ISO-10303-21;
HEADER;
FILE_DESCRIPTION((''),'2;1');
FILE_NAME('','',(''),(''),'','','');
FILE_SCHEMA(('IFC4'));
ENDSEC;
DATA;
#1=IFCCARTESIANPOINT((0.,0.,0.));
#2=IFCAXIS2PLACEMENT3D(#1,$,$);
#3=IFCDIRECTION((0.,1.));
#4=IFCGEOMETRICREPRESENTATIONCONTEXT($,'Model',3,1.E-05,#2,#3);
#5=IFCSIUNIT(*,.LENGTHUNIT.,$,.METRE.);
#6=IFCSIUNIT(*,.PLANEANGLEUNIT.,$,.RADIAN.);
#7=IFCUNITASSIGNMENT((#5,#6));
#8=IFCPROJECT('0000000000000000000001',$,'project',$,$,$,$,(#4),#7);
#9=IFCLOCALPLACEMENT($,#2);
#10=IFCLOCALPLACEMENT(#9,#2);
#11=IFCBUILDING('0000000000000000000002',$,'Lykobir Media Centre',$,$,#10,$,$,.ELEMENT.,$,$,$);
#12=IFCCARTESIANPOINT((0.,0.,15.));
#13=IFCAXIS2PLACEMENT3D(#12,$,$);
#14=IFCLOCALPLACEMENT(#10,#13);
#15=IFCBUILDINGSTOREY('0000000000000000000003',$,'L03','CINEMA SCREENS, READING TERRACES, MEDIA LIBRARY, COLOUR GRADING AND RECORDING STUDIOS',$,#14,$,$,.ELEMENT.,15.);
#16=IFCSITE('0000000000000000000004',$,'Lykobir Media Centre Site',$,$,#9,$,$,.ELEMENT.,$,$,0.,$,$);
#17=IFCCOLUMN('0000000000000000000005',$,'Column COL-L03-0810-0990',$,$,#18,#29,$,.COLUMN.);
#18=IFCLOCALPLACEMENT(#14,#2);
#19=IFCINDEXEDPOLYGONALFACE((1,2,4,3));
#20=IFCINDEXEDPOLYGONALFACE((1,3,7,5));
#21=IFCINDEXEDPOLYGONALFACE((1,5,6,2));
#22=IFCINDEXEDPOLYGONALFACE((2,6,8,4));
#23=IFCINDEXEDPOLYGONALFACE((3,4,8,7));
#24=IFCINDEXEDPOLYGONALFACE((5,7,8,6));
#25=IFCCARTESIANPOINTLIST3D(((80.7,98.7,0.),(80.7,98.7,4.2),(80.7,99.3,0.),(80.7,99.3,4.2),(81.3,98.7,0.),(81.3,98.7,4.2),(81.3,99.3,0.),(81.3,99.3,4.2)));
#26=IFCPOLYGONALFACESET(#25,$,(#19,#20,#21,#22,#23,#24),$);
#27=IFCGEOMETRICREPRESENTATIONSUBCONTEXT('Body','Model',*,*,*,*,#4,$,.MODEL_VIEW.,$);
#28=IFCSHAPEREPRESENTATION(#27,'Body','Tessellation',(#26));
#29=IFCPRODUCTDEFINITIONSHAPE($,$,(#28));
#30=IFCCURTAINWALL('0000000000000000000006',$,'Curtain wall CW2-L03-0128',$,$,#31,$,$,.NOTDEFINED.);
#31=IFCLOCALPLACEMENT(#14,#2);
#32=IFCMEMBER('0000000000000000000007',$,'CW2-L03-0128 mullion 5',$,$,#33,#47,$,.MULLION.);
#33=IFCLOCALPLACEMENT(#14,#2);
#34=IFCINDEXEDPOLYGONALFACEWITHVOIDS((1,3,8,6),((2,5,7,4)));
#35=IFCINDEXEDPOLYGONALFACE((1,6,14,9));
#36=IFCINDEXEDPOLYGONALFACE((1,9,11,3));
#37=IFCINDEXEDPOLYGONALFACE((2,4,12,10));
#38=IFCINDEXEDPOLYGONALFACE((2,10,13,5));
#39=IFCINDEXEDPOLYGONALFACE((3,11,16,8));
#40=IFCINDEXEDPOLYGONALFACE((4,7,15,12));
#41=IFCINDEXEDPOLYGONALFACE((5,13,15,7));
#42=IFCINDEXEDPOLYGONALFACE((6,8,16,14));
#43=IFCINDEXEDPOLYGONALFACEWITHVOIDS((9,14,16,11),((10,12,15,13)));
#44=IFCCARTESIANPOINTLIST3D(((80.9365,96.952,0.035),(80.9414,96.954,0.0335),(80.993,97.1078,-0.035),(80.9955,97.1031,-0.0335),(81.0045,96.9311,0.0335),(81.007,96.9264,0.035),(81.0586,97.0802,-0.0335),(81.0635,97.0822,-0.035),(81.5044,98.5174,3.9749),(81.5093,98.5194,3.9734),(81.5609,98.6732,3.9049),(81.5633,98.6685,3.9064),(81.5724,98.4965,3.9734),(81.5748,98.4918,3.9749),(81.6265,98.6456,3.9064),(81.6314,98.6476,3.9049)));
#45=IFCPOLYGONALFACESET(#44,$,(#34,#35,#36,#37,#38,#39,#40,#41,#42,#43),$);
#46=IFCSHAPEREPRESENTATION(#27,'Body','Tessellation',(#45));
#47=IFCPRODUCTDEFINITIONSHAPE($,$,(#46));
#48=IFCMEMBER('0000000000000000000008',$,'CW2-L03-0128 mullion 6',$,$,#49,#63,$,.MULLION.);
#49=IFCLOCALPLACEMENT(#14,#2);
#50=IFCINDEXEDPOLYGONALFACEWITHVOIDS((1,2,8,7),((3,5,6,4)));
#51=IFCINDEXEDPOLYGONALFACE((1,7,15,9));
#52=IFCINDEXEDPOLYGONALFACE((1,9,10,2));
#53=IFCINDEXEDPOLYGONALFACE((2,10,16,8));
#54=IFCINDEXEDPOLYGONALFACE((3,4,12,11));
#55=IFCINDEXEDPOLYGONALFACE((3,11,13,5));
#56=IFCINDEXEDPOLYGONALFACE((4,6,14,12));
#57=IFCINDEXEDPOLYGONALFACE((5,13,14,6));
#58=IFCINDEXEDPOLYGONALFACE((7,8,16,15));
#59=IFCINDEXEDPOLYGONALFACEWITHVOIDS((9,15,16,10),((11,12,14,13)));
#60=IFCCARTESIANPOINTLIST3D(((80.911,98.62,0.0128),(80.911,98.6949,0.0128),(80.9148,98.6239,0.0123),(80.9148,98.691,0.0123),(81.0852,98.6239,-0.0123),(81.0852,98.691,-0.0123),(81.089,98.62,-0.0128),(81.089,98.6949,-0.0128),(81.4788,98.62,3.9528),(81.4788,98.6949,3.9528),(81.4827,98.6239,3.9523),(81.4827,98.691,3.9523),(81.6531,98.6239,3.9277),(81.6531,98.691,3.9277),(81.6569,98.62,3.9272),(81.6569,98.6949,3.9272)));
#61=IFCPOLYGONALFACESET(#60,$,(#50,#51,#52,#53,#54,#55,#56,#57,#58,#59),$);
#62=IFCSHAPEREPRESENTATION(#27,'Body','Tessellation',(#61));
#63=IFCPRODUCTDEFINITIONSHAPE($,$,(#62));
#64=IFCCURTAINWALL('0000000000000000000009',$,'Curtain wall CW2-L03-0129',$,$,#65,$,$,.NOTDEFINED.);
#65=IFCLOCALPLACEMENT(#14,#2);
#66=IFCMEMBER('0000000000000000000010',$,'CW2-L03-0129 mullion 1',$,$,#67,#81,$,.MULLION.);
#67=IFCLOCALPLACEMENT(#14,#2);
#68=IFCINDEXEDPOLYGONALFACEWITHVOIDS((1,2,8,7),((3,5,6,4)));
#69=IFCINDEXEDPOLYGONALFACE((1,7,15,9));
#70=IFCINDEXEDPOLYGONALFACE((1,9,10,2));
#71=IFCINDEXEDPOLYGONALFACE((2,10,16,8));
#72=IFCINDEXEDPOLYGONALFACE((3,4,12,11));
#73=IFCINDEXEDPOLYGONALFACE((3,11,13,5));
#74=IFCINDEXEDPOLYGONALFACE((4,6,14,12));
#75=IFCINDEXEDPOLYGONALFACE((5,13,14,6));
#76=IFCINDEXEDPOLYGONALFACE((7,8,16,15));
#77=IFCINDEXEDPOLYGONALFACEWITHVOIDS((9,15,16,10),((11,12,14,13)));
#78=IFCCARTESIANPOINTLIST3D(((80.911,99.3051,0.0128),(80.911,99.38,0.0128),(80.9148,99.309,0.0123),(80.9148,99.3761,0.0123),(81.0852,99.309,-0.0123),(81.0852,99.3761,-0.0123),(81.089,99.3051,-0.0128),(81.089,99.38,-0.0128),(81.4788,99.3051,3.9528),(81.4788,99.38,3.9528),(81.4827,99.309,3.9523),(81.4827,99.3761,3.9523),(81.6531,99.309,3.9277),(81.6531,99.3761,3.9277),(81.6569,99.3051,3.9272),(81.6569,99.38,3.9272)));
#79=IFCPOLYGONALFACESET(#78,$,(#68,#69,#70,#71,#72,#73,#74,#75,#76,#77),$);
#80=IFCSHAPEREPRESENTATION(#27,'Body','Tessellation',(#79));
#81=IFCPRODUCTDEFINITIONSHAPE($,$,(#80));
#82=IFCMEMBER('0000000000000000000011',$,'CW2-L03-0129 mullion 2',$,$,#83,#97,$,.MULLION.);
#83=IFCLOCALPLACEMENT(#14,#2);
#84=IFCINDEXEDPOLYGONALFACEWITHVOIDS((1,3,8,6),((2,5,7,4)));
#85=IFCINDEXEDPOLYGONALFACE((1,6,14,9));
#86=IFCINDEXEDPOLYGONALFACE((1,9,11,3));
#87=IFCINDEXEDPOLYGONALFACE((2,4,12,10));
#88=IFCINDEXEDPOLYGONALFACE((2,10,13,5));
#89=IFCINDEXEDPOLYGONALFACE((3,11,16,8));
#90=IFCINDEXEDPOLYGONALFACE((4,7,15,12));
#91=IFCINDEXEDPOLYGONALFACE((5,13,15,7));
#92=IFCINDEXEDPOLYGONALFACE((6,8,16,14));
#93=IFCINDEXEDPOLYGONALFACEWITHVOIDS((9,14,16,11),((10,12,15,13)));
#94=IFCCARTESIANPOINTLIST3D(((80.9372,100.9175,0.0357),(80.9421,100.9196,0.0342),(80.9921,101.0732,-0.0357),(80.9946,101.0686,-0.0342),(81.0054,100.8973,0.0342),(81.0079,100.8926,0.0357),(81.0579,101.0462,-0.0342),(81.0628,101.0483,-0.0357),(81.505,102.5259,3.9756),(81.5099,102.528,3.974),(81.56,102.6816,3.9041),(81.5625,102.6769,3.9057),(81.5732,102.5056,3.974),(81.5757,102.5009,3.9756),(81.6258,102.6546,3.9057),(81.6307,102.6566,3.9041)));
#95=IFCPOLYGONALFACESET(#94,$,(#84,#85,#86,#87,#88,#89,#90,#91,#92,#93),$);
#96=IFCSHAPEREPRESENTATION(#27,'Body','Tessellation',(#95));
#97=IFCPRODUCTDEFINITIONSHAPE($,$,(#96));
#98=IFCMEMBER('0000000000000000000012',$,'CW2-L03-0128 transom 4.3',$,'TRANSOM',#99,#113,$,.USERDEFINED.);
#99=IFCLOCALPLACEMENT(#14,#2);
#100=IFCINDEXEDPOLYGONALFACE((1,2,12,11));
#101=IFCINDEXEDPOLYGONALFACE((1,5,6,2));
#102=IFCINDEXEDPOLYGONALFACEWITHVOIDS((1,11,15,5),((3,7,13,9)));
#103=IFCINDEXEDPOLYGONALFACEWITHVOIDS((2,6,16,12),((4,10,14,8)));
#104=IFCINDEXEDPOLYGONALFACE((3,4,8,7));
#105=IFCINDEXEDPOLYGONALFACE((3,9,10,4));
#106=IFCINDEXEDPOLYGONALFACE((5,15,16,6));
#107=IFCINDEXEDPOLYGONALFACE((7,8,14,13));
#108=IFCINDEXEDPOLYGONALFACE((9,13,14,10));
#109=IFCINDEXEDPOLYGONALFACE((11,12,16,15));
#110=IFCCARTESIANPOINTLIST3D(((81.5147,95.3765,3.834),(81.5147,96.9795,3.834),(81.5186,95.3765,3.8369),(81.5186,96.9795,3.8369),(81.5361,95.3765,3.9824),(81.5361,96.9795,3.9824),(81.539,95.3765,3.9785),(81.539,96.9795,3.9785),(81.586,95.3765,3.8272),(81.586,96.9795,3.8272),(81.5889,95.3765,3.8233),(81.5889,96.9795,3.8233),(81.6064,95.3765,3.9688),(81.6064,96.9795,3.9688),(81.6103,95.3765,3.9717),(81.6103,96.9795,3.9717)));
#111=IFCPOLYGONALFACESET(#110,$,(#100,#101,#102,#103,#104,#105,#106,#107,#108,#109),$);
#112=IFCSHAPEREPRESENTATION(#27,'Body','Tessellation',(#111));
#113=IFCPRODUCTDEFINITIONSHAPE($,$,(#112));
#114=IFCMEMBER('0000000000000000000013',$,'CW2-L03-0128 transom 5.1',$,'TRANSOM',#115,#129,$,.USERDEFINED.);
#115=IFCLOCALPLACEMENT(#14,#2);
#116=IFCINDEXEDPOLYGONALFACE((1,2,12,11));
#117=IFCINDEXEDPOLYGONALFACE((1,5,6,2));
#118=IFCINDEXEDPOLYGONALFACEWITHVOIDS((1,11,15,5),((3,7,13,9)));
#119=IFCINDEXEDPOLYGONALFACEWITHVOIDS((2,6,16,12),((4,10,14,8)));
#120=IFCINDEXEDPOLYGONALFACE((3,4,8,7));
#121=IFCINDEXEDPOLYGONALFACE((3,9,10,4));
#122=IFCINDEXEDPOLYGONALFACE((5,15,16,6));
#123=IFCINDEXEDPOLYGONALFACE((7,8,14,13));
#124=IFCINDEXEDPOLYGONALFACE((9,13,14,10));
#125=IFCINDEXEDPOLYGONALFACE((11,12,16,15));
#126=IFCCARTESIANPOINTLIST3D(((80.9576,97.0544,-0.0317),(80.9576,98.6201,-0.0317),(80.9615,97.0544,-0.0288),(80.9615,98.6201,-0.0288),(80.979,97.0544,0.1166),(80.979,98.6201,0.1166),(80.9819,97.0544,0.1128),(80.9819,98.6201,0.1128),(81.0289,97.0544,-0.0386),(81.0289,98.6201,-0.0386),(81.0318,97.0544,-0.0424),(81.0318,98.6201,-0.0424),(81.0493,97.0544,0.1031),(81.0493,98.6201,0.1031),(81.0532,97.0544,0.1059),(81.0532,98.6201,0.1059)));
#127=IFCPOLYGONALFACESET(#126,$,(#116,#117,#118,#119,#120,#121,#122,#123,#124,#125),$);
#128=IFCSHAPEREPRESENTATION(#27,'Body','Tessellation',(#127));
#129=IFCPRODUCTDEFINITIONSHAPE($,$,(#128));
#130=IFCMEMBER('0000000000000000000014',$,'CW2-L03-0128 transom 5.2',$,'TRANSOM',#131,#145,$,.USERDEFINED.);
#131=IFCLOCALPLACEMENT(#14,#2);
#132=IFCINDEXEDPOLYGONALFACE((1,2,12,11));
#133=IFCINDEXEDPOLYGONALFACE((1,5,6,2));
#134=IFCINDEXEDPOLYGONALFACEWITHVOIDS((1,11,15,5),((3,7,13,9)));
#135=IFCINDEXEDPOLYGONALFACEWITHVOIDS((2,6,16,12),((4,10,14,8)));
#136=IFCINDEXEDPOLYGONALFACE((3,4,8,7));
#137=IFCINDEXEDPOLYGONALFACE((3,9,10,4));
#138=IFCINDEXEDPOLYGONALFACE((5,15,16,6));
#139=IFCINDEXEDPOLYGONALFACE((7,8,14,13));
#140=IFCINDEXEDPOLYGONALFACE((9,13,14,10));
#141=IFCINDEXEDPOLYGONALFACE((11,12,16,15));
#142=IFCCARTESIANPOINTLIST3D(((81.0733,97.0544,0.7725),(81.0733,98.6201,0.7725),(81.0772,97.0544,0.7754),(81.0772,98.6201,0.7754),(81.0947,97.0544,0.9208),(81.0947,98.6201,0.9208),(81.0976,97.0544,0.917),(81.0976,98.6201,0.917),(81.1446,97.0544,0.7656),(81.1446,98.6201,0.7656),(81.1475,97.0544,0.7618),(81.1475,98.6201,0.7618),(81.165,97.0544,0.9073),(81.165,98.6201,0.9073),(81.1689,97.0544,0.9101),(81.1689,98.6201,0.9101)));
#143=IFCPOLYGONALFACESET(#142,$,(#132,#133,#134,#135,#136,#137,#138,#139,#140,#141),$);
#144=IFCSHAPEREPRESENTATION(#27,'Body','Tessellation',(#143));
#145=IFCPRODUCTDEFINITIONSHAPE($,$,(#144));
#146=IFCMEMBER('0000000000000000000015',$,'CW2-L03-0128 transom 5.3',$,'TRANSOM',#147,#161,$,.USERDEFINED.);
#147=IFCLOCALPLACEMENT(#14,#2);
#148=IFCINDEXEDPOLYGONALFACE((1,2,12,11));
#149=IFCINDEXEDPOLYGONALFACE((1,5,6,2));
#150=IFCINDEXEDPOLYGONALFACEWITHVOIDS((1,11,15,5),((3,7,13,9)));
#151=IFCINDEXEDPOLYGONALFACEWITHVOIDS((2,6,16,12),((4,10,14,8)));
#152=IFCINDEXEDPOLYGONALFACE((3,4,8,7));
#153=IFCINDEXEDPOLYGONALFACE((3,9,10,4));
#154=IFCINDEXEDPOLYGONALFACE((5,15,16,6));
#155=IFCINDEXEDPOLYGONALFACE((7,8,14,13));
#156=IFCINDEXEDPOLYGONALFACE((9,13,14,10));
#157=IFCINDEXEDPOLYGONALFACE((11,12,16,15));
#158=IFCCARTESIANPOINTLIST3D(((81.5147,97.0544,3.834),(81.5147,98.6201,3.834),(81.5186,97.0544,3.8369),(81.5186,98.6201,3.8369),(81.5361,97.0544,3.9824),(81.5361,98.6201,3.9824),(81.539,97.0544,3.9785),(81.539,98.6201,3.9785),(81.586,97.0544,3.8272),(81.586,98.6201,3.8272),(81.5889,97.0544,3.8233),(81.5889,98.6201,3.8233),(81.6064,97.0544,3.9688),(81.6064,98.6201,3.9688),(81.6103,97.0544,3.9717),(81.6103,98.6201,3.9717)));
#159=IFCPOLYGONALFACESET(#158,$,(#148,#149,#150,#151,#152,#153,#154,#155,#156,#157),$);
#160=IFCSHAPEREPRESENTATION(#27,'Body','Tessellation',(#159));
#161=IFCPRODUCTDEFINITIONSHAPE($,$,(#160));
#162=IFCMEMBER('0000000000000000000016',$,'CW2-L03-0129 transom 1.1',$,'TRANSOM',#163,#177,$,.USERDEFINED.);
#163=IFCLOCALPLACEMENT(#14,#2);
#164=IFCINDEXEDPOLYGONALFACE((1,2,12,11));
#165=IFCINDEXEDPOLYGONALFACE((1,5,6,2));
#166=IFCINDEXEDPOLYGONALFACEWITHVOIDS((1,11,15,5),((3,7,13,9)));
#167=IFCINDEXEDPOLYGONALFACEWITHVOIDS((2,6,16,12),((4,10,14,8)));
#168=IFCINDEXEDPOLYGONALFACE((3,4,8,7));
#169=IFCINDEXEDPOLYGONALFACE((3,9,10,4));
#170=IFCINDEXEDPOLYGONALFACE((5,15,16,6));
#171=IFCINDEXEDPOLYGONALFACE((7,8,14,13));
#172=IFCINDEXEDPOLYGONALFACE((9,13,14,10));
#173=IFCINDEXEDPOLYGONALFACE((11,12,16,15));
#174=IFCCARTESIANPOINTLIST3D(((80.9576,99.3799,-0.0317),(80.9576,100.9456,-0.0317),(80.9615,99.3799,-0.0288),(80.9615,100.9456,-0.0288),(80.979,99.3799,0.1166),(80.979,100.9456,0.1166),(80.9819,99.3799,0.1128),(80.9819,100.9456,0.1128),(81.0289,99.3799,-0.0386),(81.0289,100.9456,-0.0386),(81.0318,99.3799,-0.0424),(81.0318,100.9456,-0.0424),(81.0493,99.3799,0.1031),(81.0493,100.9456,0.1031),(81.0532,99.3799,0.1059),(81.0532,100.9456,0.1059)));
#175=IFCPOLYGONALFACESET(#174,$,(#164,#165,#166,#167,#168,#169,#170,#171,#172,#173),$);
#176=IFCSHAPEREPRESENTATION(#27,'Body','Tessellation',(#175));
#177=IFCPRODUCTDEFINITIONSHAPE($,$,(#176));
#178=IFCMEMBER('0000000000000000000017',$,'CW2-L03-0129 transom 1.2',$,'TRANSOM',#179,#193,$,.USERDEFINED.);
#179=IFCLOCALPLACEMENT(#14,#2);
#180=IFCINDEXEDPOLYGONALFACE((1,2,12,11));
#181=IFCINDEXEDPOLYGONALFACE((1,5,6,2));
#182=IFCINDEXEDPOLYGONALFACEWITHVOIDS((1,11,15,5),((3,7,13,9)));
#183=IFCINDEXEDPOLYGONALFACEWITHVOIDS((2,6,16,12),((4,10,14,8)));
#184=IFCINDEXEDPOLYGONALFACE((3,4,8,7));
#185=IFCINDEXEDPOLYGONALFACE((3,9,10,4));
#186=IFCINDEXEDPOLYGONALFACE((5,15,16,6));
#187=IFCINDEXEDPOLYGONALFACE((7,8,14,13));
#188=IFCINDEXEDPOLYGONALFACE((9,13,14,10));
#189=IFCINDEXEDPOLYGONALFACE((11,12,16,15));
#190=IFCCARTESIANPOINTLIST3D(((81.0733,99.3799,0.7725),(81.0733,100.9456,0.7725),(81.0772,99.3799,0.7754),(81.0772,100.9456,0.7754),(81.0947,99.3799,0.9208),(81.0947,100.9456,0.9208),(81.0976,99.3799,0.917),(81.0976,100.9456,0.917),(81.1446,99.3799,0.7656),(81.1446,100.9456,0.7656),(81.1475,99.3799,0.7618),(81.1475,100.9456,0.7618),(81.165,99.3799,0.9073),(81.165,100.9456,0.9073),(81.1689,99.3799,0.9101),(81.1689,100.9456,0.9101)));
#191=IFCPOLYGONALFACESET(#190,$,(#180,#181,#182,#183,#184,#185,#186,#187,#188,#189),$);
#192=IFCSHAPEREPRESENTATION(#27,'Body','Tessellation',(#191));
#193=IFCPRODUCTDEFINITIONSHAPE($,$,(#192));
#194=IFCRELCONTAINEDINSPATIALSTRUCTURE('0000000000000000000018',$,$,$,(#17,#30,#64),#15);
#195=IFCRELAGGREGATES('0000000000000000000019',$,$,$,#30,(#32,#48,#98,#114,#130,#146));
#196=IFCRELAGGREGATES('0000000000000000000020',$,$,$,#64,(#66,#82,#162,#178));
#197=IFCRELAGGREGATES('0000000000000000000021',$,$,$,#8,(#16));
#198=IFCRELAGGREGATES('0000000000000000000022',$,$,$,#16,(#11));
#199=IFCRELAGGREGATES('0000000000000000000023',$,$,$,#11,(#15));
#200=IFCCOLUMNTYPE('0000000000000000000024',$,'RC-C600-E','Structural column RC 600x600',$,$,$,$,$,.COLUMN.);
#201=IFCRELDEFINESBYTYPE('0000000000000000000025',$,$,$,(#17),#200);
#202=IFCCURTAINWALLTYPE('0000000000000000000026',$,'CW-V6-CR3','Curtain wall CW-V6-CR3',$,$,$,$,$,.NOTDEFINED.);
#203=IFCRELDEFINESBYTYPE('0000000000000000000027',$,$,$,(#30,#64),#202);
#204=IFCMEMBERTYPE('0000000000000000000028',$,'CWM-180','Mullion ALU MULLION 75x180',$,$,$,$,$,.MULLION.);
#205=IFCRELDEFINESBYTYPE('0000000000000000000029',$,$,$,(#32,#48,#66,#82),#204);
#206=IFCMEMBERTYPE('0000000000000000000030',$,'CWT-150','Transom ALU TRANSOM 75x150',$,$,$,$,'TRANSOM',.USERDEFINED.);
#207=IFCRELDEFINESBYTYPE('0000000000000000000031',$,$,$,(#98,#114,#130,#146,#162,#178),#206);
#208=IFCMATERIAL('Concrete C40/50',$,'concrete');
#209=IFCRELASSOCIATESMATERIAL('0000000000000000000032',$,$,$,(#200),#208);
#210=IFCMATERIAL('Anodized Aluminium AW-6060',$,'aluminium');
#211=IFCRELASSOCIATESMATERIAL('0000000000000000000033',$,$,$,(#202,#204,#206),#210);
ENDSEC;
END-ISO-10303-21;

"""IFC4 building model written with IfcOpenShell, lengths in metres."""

from ifc_helpers import new_model, si_unit, direction, frame, origin, origin_2d, place, context, subcontext, project, spatial, rectangle, hollow_rectangle, extrude, material, material_profile, profile_set, type_object, element, aggregate, save


model = new_model("IFC4")

# Units and contexts
model_context = context("Model", 3, precision=1e-05, world=origin(), true_north=direction((0.0, 1.0)))
body_context = subcontext(model_context, "Body", "Model", "MODEL_VIEW")
ifc_project = project(units=[si_unit("LENGTHUNIT", "METRE"), si_unit("PLANEANGLEUNIT", "RADIAN")], contexts=[model_context])

# Site, building, storey
site_placement = place(None, origin())
site = spatial("IfcSite", under=ifc_project, at=site_placement, Name="Lykobir Media Centre Site", CompositionType="ELEMENT", RefElevation=0.0)
building_placement = place(site_placement, origin())
building = spatial("IfcBuilding", under=site, at=building_placement, Name="Lykobir Media Centre", CompositionType="ELEMENT")
storey_placement = place(building_placement, frame((0.0, 0.0, 15.0)))
storey = spatial("IfcBuildingStorey", under=building, at=storey_placement, Name="L03", Description="CINEMA SCREENS, READING TERRACES, MEDIA LIBRARY, COLOUR GRADING AND RECORDING STUDIOS", CompositionType="ELEMENT", Elevation=15.0)

# Column
ifc_material_1 = material(Name="Concrete C40/50", Category="concrete")
ifc_material_profile_1 = material_profile(ifc_material_1, rectangle(XDim=0.6001, YDim=0.6001, at=origin_2d()), Name="RC 600x600")
ifc_profile_set_1 = profile_set([ifc_material_profile_1], Name="Concrete C40/50")
column_type = type_object("IfcColumnType", Name="RC-C600-E", Description="Structural column RC 600x600", PredefinedType="COLUMN", material=ifc_profile_set_1)
column_placement = place(storey_placement, frame((81.0, 99.0, 0.0), z_axis=(0.0, 0.0, 1.0), x_axis=(1.0, 0.0, 0.0)))
element("IfcColumn", 1, at=column_placement, inside=storey, type_object=column_type, Name="Column COL-L03-0810-0990", PredefinedType="COLUMN", context=body_context, shape_type="SweptSolid", body=[
    extrude(rectangle(XDim=0.6001, YDim=0.6001, at=origin_2d()), origin(), (0.0, 0.0, 1.0), 4.2),
])

# Curtain walls, members
ifc_material_2 = material(Name="Anodized Aluminium AW-6060", Category="aluminium")
curtain_wall_type = type_object("IfcCurtainWallType", Name="CW-V6-CR3", Description="Curtain wall CW-V6-CR3", PredefinedType="NOTDEFINED", material=ifc_material_2)
curtain_wall_1_placement = place(storey_placement, origin())
curtain_wall_1 = element("IfcCurtainWall", 2, at=curtain_wall_1_placement, inside=storey, type_object=curtain_wall_type, Name="Curtain wall CW2-L03-0128", PredefinedType="NOTDEFINED")
ifc_material_profile_2 = material_profile(ifc_material_2, hollow_rectangle(XDim=0.075, YDim=0.1799, WallThickness=0.0039, at=origin_2d()), Name="ALU MULLION 75x180")
ifc_profile_set_2 = profile_set([ifc_material_profile_2], Name="Anodized Aluminium AW-6060")
member_type_1 = type_object("IfcMemberType", Name="CWM-180", Description="Mullion ALU MULLION 75x180", PredefinedType="MULLION", material=ifc_profile_set_2)
member_1_placement = place(storey_placement, frame((81.0, 97.0171, 0.0), z_axis=(0.132761, 0.365977, 0.921106), x_axis=(0.940059, -0.341013, 0.0)))
member_1 = element("IfcMember", 3, at=member_1_placement, type_object=member_type_1, Name="CW2-L03-0128 mullion 5", PredefinedType="MULLION", context=body_context, shape_type="SweptSolid", body=[
    extrude(hollow_rectangle(XDim=0.075, YDim=0.1799, WallThickness=0.0039, at=origin_2d()), origin(), (0.0, 0.0, 1.0), 4.2773),
])
member_2_placement = place(storey_placement, frame((81.0, 98.6575, 0.0), z_axis=(0.142658, 0.0, 0.989772), x_axis=(0.0, -1.0, 0.0)))
member_2 = element("IfcMember", 4, at=member_2_placement, type_object=member_type_1, Name="CW2-L03-0128 mullion 6", PredefinedType="MULLION", context=body_context, shape_type="SweptSolid", body=[
    extrude(hollow_rectangle(XDim=0.075, YDim=0.1799, WallThickness=0.0039, at=origin_2d()), origin(), (0.0, 0.0, 1.0), 3.9807),
])
curtain_wall_2_placement = place(storey_placement, origin())
curtain_wall_2 = element("IfcCurtainWall", 5, at=curtain_wall_2_placement, inside=storey, type_object=curtain_wall_type, Name="Curtain wall CW2-L03-0129", PredefinedType="NOTDEFINED")
member_3_placement = place(storey_placement, frame((81.0, 99.3425, 0.0), z_axis=(0.142658, 0.0, 0.989772), x_axis=(0.0, -1.0, 0.0)))
member_3 = element("IfcMember", 6, at=member_3_placement, type_object=member_type_1, Name="CW2-L03-0129 mullion 1", PredefinedType="MULLION", context=body_context, shape_type="SweptSolid", body=[
    extrude(hollow_rectangle(XDim=0.075, YDim=0.1799, WallThickness=0.0039, at=origin_2d()), origin(), (0.0, 0.0, 1.0), 3.9807),
])
member_4_placement = place(storey_placement, frame((81.0, 100.9829, 0.0), z_axis=(0.132269, 0.374628, 0.917692), x_axis=(0.942953, -0.332925, 0.0)))
member_4 = element("IfcMember", 7, at=member_4_placement, type_object=member_type_1, Name="CW2-L03-0129 mullion 2", PredefinedType="MULLION", context=body_context, shape_type="SweptSolid", body=[
    extrude(hollow_rectangle(XDim=0.075, YDim=0.1799, WallThickness=0.0039, at=origin_2d()), origin(), (0.0, 0.0, 1.0), 4.2932),
])

# Members
ifc_material_profile_3 = material_profile(ifc_material_2, hollow_rectangle(XDim=0.075, YDim=0.1499, WallThickness=0.0034, at=origin_2d()), Name="ALU TRANSOM 75x150")
ifc_profile_set_3 = profile_set([ifc_material_profile_3], Name="Anodized Aluminium AW-6060")
member_type_2 = type_object("IfcMemberType", Name="CWT-150", Description="Transom ALU TRANSOM 75x150", ElementType="TRANSOM", PredefinedType="USERDEFINED", material=ifc_profile_set_3)
member_5_placement = place(storey_placement, frame((81.5625, 95.3765, 3.9028), z_axis=(0.0, 1.0, 0.0), x_axis=(-0.989776, 0.0, 0.142629)))
member_5 = element("IfcMember", 8, at=member_5_placement, type_object=member_type_2, Name="CW2-L03-0128 transom 4.3", ObjectType="TRANSOM", PredefinedType="USERDEFINED", context=body_context, shape_type="SweptSolid", body=[
    extrude(hollow_rectangle(XDim=0.075, YDim=0.1499, WallThickness=0.0034, at=origin_2d()), origin(), (0.0, 0.0, 1.0), 1.603),
])
member_6_placement = place(storey_placement, frame((81.0054, 97.0544, 0.0371), z_axis=(0.0, 1.0, 0.0), x_axis=(-0.989776, 0.0, 0.142629)))
member_6 = element("IfcMember", 9, at=member_6_placement, type_object=member_type_2, Name="CW2-L03-0128 transom 5.1", ObjectType="TRANSOM", PredefinedType="USERDEFINED", context=body_context, shape_type="SweptSolid", body=[
    extrude(hollow_rectangle(XDim=0.075, YDim=0.1499, WallThickness=0.0034, at=origin_2d()), origin(), (0.0, 0.0, 1.0), 1.5657),
])
member_7_placement = place(storey_placement, frame((81.1211, 97.0544, 0.8413), z_axis=(0.0, 1.0, 0.0), x_axis=(-0.989776, 0.0, 0.142629)))
member_7 = element("IfcMember", 10, at=member_7_placement, type_object=member_type_2, Name="CW2-L03-0128 transom 5.2", ObjectType="TRANSOM", PredefinedType="USERDEFINED", context=body_context, shape_type="SweptSolid", body=[
    extrude(hollow_rectangle(XDim=0.075, YDim=0.1499, WallThickness=0.0034, at=origin_2d()), origin(), (0.0, 0.0, 1.0), 1.5657),
])
member_8_placement = place(storey_placement, frame((81.5625, 97.0544, 3.9028), z_axis=(0.0, 1.0, 0.0), x_axis=(-0.989776, 0.0, 0.142629)))
member_8 = element("IfcMember", 11, at=member_8_placement, type_object=member_type_2, Name="CW2-L03-0128 transom 5.3", ObjectType="TRANSOM", PredefinedType="USERDEFINED", context=body_context, shape_type="SweptSolid", body=[
    extrude(hollow_rectangle(XDim=0.075, YDim=0.1499, WallThickness=0.0034, at=origin_2d()), origin(), (0.0, 0.0, 1.0), 1.5657),
])
member_9_placement = place(storey_placement, frame((81.0054, 99.3799, 0.0371), z_axis=(0.0, 1.0, 0.0), x_axis=(-0.989776, 0.0, 0.142629)))
member_9 = element("IfcMember", 12, at=member_9_placement, type_object=member_type_2, Name="CW2-L03-0129 transom 1.1", ObjectType="TRANSOM", PredefinedType="USERDEFINED", context=body_context, shape_type="SweptSolid", body=[
    extrude(hollow_rectangle(XDim=0.075, YDim=0.1499, WallThickness=0.0034, at=origin_2d()), origin(), (0.0, 0.0, 1.0), 1.5657),
])
member_10_placement = place(storey_placement, frame((81.1211, 99.3799, 0.8413), z_axis=(0.0, 1.0, 0.0), x_axis=(-0.989776, 0.0, 0.142629)))
member_10 = element("IfcMember", 13, at=member_10_placement, type_object=member_type_2, Name="CW2-L03-0129 transom 1.2", ObjectType="TRANSOM", PredefinedType="USERDEFINED", context=body_context, shape_type="SweptSolid", body=[
    extrude(hollow_rectangle(XDim=0.075, YDim=0.1499, WallThickness=0.0034, at=origin_2d()), origin(), (0.0, 0.0, 1.0), 1.5657),
])

aggregate(curtain_wall_1, [member_1, member_2, member_5, member_6, member_7, member_8])
aggregate(curtain_wall_2, [member_3, member_4, member_9, member_10])

save(model, "model.ifc")
